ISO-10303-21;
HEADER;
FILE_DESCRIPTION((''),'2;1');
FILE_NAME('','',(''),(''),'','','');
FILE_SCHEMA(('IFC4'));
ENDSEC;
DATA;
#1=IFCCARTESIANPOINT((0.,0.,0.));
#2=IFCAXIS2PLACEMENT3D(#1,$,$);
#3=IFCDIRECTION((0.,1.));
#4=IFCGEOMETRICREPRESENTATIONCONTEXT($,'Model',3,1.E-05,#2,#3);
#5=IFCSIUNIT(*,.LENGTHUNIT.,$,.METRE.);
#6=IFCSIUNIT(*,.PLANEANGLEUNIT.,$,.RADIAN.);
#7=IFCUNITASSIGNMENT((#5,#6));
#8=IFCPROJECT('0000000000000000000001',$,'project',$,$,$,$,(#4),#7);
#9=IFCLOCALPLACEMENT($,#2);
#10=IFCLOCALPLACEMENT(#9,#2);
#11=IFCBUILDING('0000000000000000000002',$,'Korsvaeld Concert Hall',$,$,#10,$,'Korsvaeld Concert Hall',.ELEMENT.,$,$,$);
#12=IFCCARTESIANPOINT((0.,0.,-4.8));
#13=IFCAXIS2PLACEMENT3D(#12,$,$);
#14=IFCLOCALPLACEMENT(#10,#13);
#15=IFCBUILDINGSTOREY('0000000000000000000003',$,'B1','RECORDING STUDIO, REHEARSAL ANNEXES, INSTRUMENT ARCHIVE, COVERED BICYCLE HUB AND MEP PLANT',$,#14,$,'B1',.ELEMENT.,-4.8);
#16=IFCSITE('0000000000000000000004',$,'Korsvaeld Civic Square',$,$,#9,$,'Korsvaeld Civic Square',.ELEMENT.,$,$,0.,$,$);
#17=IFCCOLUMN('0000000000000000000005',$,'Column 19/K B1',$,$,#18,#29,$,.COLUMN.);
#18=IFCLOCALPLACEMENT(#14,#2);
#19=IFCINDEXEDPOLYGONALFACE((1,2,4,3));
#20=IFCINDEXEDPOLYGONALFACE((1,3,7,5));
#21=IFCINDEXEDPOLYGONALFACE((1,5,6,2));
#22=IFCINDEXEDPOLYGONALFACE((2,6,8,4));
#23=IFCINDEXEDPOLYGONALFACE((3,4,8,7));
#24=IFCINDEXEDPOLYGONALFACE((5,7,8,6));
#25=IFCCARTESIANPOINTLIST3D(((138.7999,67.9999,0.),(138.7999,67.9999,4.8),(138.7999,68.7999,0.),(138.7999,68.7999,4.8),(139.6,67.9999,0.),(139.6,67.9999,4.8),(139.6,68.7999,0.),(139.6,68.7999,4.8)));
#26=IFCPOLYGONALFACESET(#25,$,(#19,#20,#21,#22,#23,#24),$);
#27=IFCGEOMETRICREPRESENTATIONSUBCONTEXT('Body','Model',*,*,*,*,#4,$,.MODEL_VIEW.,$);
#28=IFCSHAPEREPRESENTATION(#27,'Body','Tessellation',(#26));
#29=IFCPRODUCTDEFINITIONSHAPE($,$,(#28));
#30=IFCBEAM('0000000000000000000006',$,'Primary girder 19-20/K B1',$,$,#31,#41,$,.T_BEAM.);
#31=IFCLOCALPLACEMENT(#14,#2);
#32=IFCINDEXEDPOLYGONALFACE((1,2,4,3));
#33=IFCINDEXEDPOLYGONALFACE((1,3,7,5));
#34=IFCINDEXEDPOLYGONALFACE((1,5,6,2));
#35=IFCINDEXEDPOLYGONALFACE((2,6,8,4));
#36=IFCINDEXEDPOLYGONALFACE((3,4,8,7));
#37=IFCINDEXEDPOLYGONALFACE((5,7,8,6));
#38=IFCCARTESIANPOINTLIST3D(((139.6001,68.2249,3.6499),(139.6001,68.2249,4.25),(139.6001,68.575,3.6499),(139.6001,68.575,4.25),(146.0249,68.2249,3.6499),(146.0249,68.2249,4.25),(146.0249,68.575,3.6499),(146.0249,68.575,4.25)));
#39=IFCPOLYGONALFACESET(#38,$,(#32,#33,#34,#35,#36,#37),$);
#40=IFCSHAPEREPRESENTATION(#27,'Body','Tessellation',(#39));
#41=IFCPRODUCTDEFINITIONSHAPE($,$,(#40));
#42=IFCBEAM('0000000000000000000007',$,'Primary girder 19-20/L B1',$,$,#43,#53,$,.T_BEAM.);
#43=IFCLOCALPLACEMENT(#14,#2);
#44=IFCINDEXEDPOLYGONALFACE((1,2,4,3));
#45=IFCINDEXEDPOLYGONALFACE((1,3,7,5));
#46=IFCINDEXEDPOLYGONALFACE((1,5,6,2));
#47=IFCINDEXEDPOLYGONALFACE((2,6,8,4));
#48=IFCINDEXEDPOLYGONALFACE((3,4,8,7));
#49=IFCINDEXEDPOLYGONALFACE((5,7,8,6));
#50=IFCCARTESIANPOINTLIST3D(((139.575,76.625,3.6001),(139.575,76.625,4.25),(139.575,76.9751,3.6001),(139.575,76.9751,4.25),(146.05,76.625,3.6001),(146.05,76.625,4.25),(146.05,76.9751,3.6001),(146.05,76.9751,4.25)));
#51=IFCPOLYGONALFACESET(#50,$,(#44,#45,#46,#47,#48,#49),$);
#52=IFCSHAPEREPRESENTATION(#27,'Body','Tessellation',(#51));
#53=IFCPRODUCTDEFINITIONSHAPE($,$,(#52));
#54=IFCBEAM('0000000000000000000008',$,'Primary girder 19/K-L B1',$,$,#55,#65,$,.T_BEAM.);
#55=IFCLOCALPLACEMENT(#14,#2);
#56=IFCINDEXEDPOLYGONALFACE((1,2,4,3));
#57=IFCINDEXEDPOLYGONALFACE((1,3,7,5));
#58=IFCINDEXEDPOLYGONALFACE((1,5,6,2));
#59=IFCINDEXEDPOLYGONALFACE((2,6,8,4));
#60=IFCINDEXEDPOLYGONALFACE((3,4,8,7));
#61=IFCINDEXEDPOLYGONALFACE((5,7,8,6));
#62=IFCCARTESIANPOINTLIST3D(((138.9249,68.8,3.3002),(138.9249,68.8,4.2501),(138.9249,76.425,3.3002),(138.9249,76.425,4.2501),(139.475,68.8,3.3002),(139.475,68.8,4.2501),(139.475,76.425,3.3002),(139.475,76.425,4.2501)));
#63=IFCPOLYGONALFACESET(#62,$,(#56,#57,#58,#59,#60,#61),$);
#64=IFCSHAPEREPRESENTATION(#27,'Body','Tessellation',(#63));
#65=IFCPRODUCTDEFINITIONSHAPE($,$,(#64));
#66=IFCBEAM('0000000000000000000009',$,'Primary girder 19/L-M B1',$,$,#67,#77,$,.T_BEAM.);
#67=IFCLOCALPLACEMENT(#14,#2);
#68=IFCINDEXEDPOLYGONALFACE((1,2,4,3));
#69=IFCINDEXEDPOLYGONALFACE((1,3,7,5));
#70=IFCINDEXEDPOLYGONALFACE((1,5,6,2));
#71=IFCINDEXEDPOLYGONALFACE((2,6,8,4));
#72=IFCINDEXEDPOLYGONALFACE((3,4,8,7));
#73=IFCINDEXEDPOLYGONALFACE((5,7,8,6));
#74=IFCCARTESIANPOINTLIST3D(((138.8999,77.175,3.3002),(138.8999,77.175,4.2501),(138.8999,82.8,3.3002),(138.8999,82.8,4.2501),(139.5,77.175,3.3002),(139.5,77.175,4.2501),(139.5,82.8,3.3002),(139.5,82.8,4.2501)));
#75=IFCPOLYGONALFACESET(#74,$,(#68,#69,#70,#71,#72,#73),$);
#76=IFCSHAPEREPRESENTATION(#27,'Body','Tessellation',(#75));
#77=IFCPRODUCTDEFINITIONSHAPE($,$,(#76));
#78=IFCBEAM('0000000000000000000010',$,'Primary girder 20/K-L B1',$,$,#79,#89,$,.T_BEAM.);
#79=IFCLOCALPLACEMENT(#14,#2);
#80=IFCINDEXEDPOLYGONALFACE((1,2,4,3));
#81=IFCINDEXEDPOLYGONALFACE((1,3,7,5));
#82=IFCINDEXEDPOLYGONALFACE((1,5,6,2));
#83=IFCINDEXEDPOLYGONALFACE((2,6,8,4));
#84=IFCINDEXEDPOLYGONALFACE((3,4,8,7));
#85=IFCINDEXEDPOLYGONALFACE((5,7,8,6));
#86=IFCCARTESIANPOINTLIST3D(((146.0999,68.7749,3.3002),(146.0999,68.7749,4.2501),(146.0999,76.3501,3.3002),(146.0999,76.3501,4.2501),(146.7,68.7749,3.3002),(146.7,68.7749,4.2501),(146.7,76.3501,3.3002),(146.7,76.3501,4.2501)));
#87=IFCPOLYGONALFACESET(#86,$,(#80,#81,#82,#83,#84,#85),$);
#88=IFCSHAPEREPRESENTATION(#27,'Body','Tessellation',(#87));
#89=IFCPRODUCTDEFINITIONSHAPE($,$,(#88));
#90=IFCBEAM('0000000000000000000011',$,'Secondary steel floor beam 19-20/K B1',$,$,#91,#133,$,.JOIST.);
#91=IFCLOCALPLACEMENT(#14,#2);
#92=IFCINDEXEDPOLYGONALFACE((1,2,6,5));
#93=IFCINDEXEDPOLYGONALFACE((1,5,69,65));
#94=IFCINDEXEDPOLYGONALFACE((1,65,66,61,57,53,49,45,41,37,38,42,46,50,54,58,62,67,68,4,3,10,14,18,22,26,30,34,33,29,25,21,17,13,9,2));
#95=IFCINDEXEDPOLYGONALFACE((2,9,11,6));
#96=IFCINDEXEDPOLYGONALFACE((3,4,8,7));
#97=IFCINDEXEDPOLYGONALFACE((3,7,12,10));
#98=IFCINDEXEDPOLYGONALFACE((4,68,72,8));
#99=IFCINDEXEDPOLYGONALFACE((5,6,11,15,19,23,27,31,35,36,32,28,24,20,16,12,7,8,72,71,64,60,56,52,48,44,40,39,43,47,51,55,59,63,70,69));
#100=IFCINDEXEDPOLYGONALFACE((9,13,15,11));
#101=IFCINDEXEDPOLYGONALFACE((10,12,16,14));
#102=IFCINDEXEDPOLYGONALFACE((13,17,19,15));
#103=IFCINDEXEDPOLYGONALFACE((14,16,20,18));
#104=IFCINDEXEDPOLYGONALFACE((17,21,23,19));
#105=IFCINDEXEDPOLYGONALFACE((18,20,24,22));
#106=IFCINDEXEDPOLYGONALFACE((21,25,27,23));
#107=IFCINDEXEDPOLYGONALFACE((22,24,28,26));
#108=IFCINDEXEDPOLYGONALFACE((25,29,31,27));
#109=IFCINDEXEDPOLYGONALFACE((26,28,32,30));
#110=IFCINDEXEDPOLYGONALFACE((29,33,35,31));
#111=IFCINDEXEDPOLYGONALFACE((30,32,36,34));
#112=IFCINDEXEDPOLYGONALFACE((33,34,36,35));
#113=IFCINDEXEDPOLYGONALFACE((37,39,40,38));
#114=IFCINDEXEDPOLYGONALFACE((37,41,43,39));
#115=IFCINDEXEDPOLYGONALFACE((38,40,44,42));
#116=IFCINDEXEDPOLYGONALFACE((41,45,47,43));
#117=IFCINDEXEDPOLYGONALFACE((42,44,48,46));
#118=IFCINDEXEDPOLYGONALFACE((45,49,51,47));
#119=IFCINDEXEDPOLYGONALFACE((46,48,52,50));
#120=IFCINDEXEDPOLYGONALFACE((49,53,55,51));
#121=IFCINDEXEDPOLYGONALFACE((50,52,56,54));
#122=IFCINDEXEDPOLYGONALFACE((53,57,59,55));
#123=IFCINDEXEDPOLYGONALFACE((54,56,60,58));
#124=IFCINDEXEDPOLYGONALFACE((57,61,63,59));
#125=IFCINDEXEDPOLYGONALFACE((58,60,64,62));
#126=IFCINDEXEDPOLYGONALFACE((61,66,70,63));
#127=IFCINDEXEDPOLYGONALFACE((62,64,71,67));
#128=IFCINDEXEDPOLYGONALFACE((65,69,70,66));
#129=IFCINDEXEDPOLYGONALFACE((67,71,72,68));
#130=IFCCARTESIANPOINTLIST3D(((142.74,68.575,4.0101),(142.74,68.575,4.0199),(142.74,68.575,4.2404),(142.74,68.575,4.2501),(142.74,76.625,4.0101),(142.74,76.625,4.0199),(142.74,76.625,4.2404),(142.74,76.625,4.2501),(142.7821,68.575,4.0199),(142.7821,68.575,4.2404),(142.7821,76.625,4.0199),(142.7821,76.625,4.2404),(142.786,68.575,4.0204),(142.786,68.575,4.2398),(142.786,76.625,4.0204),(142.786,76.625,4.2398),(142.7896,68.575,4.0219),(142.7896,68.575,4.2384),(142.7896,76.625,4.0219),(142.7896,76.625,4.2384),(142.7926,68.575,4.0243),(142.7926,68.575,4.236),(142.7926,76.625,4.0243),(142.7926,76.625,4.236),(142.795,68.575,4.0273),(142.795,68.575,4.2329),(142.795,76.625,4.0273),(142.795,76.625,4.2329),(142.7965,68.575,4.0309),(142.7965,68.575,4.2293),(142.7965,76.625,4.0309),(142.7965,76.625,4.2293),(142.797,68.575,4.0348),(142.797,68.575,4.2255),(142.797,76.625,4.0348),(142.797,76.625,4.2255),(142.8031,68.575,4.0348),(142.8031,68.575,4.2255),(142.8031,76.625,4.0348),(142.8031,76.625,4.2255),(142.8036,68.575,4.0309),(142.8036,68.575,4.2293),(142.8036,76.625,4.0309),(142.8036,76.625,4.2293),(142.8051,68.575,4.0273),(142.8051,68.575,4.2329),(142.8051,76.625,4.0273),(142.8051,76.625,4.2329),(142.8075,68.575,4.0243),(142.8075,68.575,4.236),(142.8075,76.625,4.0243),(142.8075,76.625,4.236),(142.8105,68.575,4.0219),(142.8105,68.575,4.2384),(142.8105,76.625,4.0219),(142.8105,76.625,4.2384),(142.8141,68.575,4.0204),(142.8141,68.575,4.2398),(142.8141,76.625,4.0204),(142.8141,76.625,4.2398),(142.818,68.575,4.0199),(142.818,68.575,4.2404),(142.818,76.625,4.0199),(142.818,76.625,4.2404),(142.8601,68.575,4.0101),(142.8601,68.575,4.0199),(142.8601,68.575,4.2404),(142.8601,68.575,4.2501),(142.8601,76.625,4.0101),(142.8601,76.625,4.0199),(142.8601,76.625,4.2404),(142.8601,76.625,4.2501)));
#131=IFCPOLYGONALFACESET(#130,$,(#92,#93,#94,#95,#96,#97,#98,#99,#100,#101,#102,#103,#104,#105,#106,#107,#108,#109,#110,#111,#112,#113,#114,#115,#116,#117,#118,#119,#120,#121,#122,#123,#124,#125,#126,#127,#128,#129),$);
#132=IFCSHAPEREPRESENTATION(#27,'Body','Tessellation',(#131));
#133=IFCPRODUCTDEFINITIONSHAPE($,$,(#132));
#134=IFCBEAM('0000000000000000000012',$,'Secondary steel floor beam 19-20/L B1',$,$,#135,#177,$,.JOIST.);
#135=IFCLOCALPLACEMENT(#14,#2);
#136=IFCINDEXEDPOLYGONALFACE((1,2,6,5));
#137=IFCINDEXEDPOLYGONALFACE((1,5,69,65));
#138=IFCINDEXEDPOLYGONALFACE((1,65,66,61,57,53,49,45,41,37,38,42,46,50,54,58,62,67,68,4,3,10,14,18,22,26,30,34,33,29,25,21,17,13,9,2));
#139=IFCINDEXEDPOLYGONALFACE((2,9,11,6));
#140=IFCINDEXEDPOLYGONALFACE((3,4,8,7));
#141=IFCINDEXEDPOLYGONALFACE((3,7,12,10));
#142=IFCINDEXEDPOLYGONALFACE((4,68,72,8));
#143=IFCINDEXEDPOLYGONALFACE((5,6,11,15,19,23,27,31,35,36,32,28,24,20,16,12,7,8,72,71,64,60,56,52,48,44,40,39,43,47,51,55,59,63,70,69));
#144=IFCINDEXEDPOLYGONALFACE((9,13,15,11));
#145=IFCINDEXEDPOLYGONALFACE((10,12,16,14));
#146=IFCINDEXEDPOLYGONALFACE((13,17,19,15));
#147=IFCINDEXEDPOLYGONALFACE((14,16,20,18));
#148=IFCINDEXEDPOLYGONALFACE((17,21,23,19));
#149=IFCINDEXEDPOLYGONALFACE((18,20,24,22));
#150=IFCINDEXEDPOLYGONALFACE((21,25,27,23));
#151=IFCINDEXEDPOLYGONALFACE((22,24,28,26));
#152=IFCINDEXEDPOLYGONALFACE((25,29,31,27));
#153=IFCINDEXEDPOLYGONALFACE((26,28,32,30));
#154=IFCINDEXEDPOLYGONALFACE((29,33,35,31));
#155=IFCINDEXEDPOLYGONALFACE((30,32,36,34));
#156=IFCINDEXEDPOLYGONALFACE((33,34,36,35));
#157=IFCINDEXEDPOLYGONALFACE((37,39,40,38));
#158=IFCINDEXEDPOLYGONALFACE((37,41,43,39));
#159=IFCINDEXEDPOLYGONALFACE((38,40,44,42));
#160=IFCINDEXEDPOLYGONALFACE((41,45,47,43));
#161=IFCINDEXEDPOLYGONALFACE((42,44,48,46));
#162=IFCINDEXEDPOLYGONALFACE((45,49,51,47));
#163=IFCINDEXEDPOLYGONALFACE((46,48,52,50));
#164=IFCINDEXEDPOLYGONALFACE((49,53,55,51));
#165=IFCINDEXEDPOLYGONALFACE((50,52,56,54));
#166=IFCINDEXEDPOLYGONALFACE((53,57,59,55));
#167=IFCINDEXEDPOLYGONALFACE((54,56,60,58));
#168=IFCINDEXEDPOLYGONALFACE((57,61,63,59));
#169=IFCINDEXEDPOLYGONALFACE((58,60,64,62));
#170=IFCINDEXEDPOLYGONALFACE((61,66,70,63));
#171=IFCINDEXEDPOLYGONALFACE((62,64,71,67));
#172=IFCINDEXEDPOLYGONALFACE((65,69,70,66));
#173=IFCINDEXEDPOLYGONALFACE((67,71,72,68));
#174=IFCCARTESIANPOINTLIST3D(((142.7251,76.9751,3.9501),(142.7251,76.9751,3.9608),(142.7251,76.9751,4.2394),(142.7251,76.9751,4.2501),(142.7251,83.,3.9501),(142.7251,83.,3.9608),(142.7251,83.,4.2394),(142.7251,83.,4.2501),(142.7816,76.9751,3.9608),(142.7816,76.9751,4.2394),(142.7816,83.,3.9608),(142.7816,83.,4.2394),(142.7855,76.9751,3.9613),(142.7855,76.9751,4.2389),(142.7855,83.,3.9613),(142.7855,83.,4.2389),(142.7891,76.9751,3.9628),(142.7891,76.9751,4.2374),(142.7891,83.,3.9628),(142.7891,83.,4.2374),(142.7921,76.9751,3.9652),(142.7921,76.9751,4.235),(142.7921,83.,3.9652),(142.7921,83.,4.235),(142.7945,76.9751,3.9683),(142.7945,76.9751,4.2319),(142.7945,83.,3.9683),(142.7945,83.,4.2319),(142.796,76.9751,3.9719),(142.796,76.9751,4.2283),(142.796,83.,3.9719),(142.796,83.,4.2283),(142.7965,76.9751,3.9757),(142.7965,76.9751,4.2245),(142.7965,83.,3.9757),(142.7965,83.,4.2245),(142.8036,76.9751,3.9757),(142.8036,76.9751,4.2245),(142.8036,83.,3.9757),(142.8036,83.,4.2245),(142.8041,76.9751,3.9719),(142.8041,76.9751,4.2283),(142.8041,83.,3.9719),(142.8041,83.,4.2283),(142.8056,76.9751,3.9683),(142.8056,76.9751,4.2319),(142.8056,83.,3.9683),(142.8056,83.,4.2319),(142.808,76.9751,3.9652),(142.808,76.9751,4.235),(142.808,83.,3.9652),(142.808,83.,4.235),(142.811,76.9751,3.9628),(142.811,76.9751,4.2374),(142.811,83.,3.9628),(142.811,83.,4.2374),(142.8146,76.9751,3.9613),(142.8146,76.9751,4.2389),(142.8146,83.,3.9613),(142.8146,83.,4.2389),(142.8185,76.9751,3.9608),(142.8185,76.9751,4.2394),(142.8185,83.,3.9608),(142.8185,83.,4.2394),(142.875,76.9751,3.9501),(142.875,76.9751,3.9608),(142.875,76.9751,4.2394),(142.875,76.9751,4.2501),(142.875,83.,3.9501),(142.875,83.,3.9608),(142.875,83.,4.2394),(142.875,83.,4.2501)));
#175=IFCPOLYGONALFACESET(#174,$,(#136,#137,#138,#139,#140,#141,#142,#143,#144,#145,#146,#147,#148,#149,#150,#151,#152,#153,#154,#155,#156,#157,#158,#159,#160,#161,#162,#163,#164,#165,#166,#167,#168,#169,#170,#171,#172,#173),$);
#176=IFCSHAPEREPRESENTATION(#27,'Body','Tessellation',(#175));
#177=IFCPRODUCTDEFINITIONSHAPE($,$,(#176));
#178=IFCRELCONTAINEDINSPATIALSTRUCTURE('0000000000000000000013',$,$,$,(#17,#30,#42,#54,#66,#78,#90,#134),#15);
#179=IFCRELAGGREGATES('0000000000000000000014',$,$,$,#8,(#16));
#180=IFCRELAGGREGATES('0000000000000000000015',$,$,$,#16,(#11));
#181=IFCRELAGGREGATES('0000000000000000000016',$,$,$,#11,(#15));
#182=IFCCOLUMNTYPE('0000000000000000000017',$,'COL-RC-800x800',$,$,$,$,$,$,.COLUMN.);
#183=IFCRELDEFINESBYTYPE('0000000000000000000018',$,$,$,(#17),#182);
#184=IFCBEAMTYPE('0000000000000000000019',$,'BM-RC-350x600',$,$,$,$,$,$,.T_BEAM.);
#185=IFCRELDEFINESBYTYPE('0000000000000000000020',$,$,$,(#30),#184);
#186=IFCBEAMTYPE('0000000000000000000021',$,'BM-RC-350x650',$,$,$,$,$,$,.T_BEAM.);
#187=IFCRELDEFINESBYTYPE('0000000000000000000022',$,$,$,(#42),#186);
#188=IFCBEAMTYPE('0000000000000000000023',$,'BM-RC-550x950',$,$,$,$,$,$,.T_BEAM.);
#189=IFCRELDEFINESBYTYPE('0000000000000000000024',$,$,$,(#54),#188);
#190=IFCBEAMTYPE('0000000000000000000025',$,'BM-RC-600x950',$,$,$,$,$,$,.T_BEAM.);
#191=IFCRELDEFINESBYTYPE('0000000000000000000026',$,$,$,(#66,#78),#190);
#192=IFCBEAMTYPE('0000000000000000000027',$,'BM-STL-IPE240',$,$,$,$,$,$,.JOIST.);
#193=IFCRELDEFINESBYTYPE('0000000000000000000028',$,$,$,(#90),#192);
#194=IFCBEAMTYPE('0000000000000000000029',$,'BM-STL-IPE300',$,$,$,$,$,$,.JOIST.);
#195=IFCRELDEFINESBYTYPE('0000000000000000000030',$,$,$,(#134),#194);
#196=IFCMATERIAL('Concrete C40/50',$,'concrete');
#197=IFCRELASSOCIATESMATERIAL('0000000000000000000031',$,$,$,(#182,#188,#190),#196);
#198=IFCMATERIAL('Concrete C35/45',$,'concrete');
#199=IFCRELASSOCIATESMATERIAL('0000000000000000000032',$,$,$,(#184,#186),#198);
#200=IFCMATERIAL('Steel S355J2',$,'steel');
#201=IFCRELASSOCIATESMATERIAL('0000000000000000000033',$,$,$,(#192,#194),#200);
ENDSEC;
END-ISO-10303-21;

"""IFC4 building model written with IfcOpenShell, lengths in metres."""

from ifc_helpers import new_model, si_unit, direction, frame, origin, origin_2d, place, context, subcontext, project, spatial, rectangle, i_section, extrude, material, material_profile, profile_set, type_object, element, save


model = new_model("IFC4")

# Units and contexts
model_context = context("Model", 3, precision=1e-05, world=origin(), true_north=direction((0.0, 1.0)))
body_context = subcontext(model_context, "Body", "Model", "MODEL_VIEW")
ifc_project = project(units=[si_unit("LENGTHUNIT", "METRE"), si_unit("PLANEANGLEUNIT", "RADIAN")], contexts=[model_context])

# Site, building, storey
site_placement = place(None, origin())
site = spatial("IfcSite", under=ifc_project, at=site_placement, Name="Korsvaeld Civic Square", LongName="Korsvaeld Civic Square", CompositionType="ELEMENT", RefElevation=0.0)
building_placement = place(site_placement, origin())
building = spatial("IfcBuilding", under=site, at=building_placement, Name="Korsvaeld Concert Hall", LongName="Korsvaeld Concert Hall", CompositionType="ELEMENT")
storey_placement = place(building_placement, frame((0.0, 0.0, -4.8)))
storey = spatial("IfcBuildingStorey", under=building, at=storey_placement, Name="B1", Description="RECORDING STUDIO, REHEARSAL ANNEXES, INSTRUMENT ARCHIVE, COVERED BICYCLE HUB AND MEP PLANT", LongName="B1", CompositionType="ELEMENT", Elevation=-4.8)

# Shared definitions
ifc_material_1 = material(Name="Concrete C35/45", Category="concrete")

# Column
ifc_material_2 = material(Name="Concrete C40/50", Category="concrete")
ifc_material_profile_1 = material_profile(ifc_material_2, rectangle(XDim=0.8, YDim=0.8, at=origin_2d()), Name="RC 800x800")
ifc_profile_set_1 = profile_set([ifc_material_profile_1], Name="Concrete C40/50")
column_type_1 = type_object("IfcColumnType", Name="COL-RC-800x800", PredefinedType="COLUMN", material=ifc_profile_set_1)
column_placement = place(storey_placement, frame((139.2, 68.3999, 0.0), z_axis=(0.0, 0.0, 1.0), x_axis=(1.0, 0.0, 0.0)))
element("IfcColumn", 1, at=column_placement, inside=storey, type_object=column_type_1, Name="Column 19/K B1", PredefinedType="COLUMN", context=body_context, shape_type="SweptSolid", body=[
    extrude(rectangle(XDim=0.8, YDim=0.8, at=origin_2d()), origin(), (0.0, 0.0, 1.0), 4.8),
])

# Beams
ifc_material_profile_2 = material_profile(ifc_material_1, rectangle(XDim=0.3501, YDim=0.6001, at=origin_2d()), Name="RC 350x600")
ifc_profile_set_2 = profile_set([ifc_material_profile_2], Name="Concrete C35/45")
beam_type_1 = type_object("IfcBeamType", Name="BM-RC-350x600", PredefinedType="T_BEAM", material=ifc_profile_set_2)
beam_1_placement = place(storey_placement, frame((139.6001, 68.3999, 3.95), z_axis=(1.0, 0.0, 0.0), x_axis=(0.0, 1.0, 0.0)))
element("IfcBeam", 2, at=beam_1_placement, inside=storey, type_object=beam_type_1, Name="Primary girder 19-20/K B1", PredefinedType="T_BEAM", context=body_context, shape_type="SweptSolid", body=[
    extrude(rectangle(XDim=0.3501, YDim=0.6001, at=origin_2d()), origin(), (0.0, 0.0, 1.0), 6.4248),
])
ifc_material_profile_3 = material_profile(ifc_material_1, rectangle(XDim=0.3501, YDim=0.6499, at=origin_2d()), Name="RC 350x650")
ifc_profile_set_3 = profile_set([ifc_material_profile_3], Name="Concrete C35/45")
beam_type_2 = type_object("IfcBeamType", Name="BM-RC-350x650", PredefinedType="T_BEAM", material=ifc_profile_set_3)
beam_2_placement = place(storey_placement, frame((139.575, 76.8, 3.925), z_axis=(1.0, 0.0, 0.0), x_axis=(0.0, 1.0, 0.0)))
element("IfcBeam", 3, at=beam_2_placement, inside=storey, type_object=beam_type_2, Name="Primary girder 19-20/L B1", PredefinedType="T_BEAM", context=body_context, shape_type="SweptSolid", body=[
    extrude(rectangle(XDim=0.3501, YDim=0.6499, at=origin_2d()), origin(), (0.0, 0.0, 1.0), 6.4751),
])
ifc_material_profile_4 = material_profile(ifc_material_2, rectangle(XDim=0.55, YDim=0.95, at=origin_2d()), Name="RC 550x950")
ifc_profile_set_4 = profile_set([ifc_material_profile_4], Name="Concrete C40/50")
beam_type_3 = type_object("IfcBeamType", Name="BM-RC-550x950", PredefinedType="T_BEAM", material=ifc_profile_set_4)
beam_3_placement = place(storey_placement, frame((139.2, 68.8, 3.7751), z_axis=(0.0, 1.0, 0.0), x_axis=(-1.0, 0.0, 0.0)))
element("IfcBeam", 4, at=beam_3_placement, inside=storey, type_object=beam_type_3, Name="Primary girder 19/K-L B1", PredefinedType="T_BEAM", context=body_context, shape_type="SweptSolid", body=[
    extrude(rectangle(XDim=0.55, YDim=0.95, at=origin_2d()), origin(), (0.0, 0.0, 1.0), 7.625),
])
ifc_material_profile_5 = material_profile(ifc_material_2, rectangle(XDim=0.6001, YDim=0.95, at=origin_2d()), Name="RC 600x950")
ifc_profile_set_5 = profile_set([ifc_material_profile_5], Name="Concrete C40/50")
beam_type_4 = type_object("IfcBeamType", Name="BM-RC-600x950", PredefinedType="T_BEAM", material=ifc_profile_set_5)
beam_4_placement = place(storey_placement, frame((139.2, 77.175, 3.7751), z_axis=(0.0, 1.0, 0.0), x_axis=(-1.0, 0.0, 0.0)))
element("IfcBeam", 5, at=beam_4_placement, inside=storey, type_object=beam_type_4, Name="Primary girder 19/L-M B1", PredefinedType="T_BEAM", context=body_context, shape_type="SweptSolid", body=[
    extrude(rectangle(XDim=0.6001, YDim=0.95, at=origin_2d()), origin(), (0.0, 0.0, 1.0), 5.625),
])
beam_5_placement = place(storey_placement, frame((146.3999, 68.7749, 3.7751), z_axis=(0.0, 1.0, 0.0), x_axis=(-1.0, 0.0, 0.0)))
element("IfcBeam", 6, at=beam_5_placement, inside=storey, type_object=beam_type_4, Name="Primary girder 20/K-L B1", PredefinedType="T_BEAM", context=body_context, shape_type="SweptSolid", body=[
    extrude(rectangle(XDim=0.6001, YDim=0.95, at=origin_2d()), origin(), (0.0, 0.0, 1.0), 7.5752),
])
ifc_material_3 = material(Name="Steel S355J2", Category="steel")
ifc_material_profile_6 = material_profile(ifc_material_3, i_section(OverallWidth=0.1201, OverallDepth=0.24, WebThickness=0.0061, FlangeThickness=0.0098, FilletRadius=0.0149, at=origin_2d()), Name="IPE 240")
ifc_profile_set_6 = profile_set([ifc_material_profile_6], Name="Steel S355J2")
beam_type_5 = type_object("IfcBeamType", Name="BM-STL-IPE240", PredefinedType="JOIST", material=ifc_profile_set_6)
beam_6_placement = place(storey_placement, frame((142.8, 68.575, 4.1301), z_axis=(0.0, 1.0, 0.0), x_axis=(-1.0, 0.0, 0.0)))
element("IfcBeam", 7, at=beam_6_placement, inside=storey, type_object=beam_type_5, Name="Secondary steel floor beam 19-20/K B1", PredefinedType="JOIST", context=body_context, shape_type="SweptSolid", body=[
    extrude(i_section(OverallWidth=0.1201, OverallDepth=0.24, WebThickness=0.0061, FlangeThickness=0.0098, FilletRadius=0.0149, at=origin_2d()), origin(), (0.0, 0.0, 1.0), 8.05),
])
ifc_material_profile_7 = material_profile(ifc_material_3, i_section(OverallWidth=0.1499, OverallDepth=0.3, WebThickness=0.0071, FlangeThickness=0.0107, FilletRadius=0.0149, at=origin_2d()), Name="IPE 300")
ifc_profile_set_7 = profile_set([ifc_material_profile_7], Name="Steel S355J2")
beam_type_6 = type_object("IfcBeamType", Name="BM-STL-IPE300", PredefinedType="JOIST", material=ifc_profile_set_7)
beam_7_placement = place(storey_placement, frame((142.8, 76.9751, 4.1001), z_axis=(0.0, 1.0, 0.0), x_axis=(-1.0, 0.0, 0.0)))
element("IfcBeam", 8, at=beam_7_placement, inside=storey, type_object=beam_type_6, Name="Secondary steel floor beam 19-20/L B1", PredefinedType="JOIST", context=body_context, shape_type="SweptSolid", body=[
    extrude(i_section(OverallWidth=0.1499, OverallDepth=0.3, WebThickness=0.0071, FlangeThickness=0.0107, FilletRadius=0.0149, at=origin_2d()), origin(), (0.0, 0.0, 1.0), 6.0249),
])

save(model, "model.ifc")
